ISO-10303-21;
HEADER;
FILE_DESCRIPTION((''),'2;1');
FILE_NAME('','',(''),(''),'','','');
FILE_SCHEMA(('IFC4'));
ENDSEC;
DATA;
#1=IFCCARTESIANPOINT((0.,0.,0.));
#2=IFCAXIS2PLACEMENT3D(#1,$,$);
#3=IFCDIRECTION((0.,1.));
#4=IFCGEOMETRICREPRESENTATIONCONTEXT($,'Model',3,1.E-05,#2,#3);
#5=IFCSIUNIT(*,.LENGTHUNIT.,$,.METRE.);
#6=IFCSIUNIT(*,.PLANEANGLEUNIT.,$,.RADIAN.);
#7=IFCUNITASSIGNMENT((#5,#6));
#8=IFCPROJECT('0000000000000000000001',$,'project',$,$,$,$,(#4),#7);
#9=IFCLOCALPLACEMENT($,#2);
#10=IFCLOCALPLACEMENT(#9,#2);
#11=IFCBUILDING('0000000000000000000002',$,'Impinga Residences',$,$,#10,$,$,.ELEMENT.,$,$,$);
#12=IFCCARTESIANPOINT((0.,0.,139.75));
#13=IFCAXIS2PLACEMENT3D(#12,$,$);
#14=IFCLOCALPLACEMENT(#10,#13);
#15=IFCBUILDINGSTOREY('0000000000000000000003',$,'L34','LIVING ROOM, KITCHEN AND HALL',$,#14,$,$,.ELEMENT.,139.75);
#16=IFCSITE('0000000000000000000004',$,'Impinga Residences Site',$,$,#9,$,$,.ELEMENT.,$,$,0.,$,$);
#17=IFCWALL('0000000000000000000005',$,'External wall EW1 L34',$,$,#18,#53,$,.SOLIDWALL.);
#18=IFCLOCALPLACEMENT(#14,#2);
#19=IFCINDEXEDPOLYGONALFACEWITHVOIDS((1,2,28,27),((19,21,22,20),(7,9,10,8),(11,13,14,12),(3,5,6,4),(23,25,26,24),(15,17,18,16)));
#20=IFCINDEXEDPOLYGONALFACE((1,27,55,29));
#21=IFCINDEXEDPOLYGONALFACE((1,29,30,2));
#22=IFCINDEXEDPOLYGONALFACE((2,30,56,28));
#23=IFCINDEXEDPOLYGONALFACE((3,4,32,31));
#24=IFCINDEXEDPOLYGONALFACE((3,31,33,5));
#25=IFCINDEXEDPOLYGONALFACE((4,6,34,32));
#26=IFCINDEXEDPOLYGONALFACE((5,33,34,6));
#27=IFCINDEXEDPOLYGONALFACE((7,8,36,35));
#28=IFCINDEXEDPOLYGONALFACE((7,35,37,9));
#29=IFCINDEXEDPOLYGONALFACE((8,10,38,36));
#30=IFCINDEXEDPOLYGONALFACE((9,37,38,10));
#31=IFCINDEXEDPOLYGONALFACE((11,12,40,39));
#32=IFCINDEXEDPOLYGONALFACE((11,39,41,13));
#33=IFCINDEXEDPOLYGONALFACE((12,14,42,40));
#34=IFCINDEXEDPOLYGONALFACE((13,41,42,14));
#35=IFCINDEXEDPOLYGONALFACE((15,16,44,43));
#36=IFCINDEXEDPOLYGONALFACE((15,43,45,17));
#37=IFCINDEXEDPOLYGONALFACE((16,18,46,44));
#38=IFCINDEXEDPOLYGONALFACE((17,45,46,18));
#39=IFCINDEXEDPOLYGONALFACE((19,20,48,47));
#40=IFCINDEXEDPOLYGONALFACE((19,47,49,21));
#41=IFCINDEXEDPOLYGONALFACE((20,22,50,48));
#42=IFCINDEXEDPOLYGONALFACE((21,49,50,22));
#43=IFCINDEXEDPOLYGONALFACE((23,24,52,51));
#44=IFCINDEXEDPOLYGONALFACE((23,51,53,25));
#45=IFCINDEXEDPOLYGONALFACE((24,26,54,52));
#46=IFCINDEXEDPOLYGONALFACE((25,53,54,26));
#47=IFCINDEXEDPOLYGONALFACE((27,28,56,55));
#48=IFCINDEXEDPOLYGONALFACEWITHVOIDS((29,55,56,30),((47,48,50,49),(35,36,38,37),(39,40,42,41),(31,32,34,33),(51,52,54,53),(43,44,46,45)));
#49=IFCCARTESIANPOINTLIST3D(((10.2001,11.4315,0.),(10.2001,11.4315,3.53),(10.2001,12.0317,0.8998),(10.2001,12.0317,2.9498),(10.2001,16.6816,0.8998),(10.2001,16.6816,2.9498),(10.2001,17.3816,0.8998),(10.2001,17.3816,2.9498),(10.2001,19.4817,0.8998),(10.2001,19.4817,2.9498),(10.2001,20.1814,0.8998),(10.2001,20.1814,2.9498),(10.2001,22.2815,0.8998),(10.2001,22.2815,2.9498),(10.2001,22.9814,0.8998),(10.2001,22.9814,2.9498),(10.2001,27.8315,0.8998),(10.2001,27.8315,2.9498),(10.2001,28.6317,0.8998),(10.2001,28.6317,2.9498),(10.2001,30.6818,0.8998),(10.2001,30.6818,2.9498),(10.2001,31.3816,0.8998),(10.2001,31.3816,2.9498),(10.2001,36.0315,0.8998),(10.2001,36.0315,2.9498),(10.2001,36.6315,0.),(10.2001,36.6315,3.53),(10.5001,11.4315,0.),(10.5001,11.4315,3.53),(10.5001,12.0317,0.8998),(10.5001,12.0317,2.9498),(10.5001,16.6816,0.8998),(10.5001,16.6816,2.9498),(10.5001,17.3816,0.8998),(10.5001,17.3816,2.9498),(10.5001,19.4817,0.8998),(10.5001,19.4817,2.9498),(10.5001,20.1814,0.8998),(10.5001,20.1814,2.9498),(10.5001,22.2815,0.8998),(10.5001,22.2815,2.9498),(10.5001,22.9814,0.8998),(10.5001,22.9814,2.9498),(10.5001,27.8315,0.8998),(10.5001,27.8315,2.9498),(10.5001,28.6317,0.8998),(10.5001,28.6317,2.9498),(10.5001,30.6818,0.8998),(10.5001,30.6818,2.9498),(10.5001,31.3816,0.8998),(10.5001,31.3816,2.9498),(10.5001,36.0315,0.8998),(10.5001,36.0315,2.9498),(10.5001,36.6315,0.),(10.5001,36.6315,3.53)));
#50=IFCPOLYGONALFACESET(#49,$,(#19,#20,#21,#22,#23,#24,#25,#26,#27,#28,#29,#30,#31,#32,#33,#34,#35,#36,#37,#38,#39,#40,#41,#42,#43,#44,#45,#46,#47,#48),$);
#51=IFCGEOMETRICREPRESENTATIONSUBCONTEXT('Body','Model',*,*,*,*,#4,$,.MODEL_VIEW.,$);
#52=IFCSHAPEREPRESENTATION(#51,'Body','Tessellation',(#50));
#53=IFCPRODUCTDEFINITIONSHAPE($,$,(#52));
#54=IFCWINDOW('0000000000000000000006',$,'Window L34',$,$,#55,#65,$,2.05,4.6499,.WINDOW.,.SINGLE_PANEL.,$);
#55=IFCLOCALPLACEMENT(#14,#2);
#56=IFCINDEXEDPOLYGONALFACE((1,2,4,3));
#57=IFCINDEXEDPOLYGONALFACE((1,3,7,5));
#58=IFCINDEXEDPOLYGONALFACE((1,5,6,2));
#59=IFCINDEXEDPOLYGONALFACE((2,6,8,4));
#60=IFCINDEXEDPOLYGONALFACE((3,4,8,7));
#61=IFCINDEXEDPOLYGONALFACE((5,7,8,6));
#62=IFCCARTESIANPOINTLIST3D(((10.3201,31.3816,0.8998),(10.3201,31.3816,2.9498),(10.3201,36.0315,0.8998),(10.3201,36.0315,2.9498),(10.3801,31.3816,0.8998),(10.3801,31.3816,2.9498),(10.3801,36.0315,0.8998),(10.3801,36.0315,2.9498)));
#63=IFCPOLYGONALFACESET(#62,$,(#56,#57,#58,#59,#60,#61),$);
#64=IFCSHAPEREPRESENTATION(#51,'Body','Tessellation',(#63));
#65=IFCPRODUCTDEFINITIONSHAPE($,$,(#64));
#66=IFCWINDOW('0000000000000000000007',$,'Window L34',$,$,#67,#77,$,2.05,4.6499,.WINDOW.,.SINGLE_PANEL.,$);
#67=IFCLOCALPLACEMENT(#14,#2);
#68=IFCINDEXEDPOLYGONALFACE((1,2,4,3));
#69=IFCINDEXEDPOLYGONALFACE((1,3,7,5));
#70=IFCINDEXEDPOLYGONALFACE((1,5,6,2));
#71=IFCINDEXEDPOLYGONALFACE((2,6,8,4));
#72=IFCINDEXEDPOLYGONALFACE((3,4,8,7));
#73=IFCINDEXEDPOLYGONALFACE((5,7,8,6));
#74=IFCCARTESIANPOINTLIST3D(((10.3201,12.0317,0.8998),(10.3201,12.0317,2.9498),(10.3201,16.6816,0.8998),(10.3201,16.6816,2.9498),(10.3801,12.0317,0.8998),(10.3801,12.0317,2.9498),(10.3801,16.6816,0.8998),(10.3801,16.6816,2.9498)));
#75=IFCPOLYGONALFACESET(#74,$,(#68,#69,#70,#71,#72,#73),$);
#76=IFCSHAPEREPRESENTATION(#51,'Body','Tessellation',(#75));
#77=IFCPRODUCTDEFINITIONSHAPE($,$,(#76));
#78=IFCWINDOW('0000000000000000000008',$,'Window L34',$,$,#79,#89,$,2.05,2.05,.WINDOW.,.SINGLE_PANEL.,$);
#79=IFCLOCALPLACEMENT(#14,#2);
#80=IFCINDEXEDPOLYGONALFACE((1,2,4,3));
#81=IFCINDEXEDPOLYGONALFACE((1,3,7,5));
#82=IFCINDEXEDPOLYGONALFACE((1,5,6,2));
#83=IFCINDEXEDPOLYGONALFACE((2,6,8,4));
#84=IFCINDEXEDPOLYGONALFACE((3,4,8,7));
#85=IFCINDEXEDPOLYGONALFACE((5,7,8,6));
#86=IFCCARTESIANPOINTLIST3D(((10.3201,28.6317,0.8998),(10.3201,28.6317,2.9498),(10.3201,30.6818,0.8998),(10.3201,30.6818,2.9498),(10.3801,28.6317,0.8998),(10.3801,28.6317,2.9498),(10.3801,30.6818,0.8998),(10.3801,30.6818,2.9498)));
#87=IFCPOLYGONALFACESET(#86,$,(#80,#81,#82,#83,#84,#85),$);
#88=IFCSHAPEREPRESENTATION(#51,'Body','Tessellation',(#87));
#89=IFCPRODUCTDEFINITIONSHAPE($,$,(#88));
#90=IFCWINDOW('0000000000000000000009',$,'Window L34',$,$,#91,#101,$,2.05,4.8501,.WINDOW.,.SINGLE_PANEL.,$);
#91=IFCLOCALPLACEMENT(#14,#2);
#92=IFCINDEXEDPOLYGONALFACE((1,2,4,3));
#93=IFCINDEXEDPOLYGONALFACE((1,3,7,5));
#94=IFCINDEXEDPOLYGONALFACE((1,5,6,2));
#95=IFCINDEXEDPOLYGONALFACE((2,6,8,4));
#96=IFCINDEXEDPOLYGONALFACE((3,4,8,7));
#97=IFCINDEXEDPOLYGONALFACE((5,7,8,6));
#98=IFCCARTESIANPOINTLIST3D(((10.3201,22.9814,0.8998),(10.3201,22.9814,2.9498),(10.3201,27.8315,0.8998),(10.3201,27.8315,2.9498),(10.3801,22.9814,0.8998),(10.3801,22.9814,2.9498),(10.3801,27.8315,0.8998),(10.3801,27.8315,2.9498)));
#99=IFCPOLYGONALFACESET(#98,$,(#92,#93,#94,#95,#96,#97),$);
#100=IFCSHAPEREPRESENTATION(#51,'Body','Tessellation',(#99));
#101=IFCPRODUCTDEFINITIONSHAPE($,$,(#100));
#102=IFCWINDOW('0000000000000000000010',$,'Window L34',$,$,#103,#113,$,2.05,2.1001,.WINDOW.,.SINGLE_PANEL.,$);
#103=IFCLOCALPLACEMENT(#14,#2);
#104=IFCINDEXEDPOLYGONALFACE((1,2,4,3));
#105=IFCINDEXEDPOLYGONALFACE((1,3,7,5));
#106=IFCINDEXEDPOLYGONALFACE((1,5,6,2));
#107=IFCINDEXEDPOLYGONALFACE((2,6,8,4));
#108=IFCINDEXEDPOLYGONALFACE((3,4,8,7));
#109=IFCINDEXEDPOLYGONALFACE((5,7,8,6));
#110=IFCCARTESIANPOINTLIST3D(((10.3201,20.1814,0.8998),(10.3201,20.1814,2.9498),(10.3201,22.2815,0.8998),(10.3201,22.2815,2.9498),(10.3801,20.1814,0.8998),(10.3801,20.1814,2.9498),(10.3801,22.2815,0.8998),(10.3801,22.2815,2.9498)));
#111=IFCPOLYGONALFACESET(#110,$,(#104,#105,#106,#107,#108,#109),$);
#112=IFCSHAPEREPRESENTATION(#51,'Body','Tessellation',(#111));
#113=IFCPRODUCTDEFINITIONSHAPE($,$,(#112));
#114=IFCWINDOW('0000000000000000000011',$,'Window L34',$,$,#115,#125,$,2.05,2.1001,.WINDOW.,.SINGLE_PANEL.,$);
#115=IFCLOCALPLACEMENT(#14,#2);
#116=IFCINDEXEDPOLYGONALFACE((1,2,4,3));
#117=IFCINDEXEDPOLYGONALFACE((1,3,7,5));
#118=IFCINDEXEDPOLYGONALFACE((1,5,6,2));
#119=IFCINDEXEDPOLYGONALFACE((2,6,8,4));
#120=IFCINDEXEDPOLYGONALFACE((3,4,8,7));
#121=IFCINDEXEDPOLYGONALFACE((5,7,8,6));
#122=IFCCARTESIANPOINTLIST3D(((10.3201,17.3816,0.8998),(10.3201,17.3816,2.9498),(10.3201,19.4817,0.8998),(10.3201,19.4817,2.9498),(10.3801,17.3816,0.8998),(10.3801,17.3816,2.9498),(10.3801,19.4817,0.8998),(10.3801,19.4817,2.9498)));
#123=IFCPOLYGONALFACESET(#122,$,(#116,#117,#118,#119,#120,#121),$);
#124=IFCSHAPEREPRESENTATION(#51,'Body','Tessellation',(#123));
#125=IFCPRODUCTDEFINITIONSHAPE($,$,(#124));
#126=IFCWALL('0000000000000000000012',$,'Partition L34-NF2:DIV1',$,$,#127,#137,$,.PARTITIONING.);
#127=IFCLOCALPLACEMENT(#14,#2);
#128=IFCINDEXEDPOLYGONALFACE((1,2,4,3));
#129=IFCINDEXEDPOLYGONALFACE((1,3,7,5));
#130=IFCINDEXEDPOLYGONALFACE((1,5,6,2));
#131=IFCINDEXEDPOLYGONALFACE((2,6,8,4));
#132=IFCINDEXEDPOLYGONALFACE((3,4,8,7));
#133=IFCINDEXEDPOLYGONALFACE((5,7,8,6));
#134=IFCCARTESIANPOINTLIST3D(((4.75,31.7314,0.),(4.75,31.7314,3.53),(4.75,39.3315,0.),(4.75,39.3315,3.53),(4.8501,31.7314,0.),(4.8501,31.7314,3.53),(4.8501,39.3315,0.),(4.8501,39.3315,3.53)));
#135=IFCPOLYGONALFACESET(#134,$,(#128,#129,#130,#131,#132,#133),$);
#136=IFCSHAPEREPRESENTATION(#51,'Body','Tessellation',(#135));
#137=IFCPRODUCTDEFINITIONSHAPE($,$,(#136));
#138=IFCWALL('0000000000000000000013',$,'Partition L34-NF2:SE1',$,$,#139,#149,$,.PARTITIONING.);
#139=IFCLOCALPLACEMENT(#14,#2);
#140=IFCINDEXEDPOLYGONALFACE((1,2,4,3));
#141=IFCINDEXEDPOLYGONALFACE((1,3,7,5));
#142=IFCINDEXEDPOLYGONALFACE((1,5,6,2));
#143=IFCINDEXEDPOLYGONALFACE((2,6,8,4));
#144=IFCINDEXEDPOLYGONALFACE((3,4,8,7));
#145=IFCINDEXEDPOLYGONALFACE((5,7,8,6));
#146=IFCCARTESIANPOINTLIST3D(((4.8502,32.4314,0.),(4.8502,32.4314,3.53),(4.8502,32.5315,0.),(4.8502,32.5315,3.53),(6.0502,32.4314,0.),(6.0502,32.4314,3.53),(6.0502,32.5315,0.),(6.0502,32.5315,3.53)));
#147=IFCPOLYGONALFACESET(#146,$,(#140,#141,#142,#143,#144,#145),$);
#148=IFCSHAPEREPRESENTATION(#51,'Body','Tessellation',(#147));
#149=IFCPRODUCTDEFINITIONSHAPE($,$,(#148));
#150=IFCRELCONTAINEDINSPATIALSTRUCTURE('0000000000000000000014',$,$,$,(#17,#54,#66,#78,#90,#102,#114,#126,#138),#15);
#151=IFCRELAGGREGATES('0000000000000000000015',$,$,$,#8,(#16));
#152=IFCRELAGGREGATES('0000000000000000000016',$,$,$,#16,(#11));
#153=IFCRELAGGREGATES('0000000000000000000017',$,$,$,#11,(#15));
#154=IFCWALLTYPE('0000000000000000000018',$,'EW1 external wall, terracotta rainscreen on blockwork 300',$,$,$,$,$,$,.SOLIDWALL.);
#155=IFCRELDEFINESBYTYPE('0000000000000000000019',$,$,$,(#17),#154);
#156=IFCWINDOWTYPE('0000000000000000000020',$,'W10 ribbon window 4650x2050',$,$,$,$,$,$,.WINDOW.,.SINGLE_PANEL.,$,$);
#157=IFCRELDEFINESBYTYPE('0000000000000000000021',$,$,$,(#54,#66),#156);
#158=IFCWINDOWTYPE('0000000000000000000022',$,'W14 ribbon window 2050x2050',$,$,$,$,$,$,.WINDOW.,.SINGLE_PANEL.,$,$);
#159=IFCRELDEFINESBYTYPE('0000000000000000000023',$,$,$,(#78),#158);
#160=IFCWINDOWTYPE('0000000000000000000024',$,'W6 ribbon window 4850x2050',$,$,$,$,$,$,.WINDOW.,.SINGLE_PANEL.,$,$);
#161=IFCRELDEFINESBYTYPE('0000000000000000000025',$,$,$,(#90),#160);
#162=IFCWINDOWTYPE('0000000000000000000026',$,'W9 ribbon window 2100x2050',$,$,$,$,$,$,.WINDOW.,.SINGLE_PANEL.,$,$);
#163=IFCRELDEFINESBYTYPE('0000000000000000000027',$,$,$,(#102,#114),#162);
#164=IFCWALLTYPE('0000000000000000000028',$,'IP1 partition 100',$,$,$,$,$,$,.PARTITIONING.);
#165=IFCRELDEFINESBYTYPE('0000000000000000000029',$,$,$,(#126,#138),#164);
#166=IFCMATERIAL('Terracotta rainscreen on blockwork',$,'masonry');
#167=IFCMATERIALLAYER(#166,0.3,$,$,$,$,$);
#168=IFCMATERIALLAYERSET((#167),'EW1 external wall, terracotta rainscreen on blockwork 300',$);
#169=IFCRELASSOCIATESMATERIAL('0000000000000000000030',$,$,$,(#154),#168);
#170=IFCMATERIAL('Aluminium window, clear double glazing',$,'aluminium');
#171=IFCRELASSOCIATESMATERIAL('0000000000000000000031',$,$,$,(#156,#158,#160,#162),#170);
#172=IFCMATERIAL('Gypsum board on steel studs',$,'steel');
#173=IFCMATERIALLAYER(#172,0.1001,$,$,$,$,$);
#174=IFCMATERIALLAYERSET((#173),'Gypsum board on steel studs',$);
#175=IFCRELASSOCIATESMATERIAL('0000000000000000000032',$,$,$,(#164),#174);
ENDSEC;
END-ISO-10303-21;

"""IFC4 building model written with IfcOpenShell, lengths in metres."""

from ifc_helpers import new_model, si_unit, direction, frame, frame_2d, origin, place, context, subcontext, project, spatial, rectangle, extrude, material, layer, layer_set, type_object, element, fill, save


model = new_model("IFC4")

# Units and contexts
model_context = context("Model", 3, precision=1e-05, world=origin(), true_north=direction((0.0, 1.0)))
body_context = subcontext(model_context, "Body", "Model", "MODEL_VIEW")
ifc_project = project(units=[si_unit("LENGTHUNIT", "METRE"), si_unit("PLANEANGLEUNIT", "RADIAN")], contexts=[model_context])

# Site, building, storey
site_placement = place(None, origin())
site = spatial("IfcSite", under=ifc_project, at=site_placement, Name="Impinga Residences Site", CompositionType="ELEMENT", RefElevation=0.0)
building_placement = place(site_placement, origin())
building = spatial("IfcBuilding", under=site, at=building_placement, Name="Impinga Residences", CompositionType="ELEMENT")
storey_placement = place(building_placement, frame((0.0, 0.0, 139.75)))
storey = spatial("IfcBuildingStorey", under=building, at=storey_placement, Name="L34", Description="LIVING ROOM, KITCHEN AND HALL", CompositionType="ELEMENT", Elevation=139.75)

# Shared definitions
ifc_material_1 = material(Name="Terracotta rainscreen on blockwork", Category="masonry")
ifc_layer_1 = layer(ifc_material_1, 0.3)
ifc_layer_set_1 = layer_set([ifc_layer_1], Name="EW1 external wall, terracotta rainscreen on blockwork 300")
wall_type_1 = type_object("IfcWallType", Name="EW1 external wall, terracotta rainscreen on blockwork 300", PredefinedType="SOLIDWALL", material=ifc_layer_set_1)

# Wall, openings, windows
wall_1_placement = place(storey_placement, frame((10.3501, 36.6316, 0.0), z_axis=(0.0, 0.0, 1.0), x_axis=(0.0, -1.0, 0.0)))
wall_1 = element("IfcWall", 1, at=wall_1_placement, inside=storey, type_object=wall_type_1, Name="External wall EW1 L34", PredefinedType="SOLIDWALL", context=body_context, shape_type="SweptSolid", body=[
    extrude(rectangle(XDim=25.2, YDim=0.3, at=frame_2d((12.6001, 0.0))), origin(), (0.0, 0.0, 1.0), 3.53),
])
opening_1_placement = place(wall_1_placement, frame((0.6001, 0.0, 0.8999)))
opening_1 = element("IfcOpeningElement", 2, at=opening_1_placement, cuts=wall_1, PredefinedType="OPENING", context=body_context, shape_type="SweptSolid", body=[
    extrude(rectangle(XDim=4.6499, YDim=2.05, at=frame_2d((2.325, 1.0249))), frame((0.0, 0.1599, 0.0), z_axis=(0.0, -1.0, 0.0), x_axis=(1.0, 0.0, 0.0)), (0.0, 0.0, 1.0), 0.3201),
])
opening_2_placement = place(wall_1_placement, frame((5.95, 0.0, 0.8999)))
opening_2 = element("IfcOpeningElement", 3, at=opening_2_placement, cuts=wall_1, PredefinedType="OPENING", context=body_context, shape_type="SweptSolid", body=[
    extrude(rectangle(XDim=2.05, YDim=2.05, at=frame_2d((1.0249, 1.0249))), frame((0.0, 0.1599, 0.0), z_axis=(0.0, -1.0, 0.0), x_axis=(1.0, 0.0, 0.0)), (0.0, 0.0, 1.0), 0.3201),
])
opening_3_placement = place(wall_1_placement, frame((8.8, 0.0, 0.8999)))
opening_3 = element("IfcOpeningElement", 4, at=opening_3_placement, cuts=wall_1, PredefinedType="OPENING", context=body_context, shape_type="SweptSolid", body=[
    extrude(rectangle(XDim=4.8501, YDim=2.05, at=frame_2d((2.425, 1.0249))), frame((0.0, 0.1599, 0.0), z_axis=(0.0, -1.0, 0.0), x_axis=(1.0, 0.0, 0.0)), (0.0, 0.0, 1.0), 0.3201),
])
opening_4_placement = place(wall_1_placement, frame((14.3501, 0.0, 0.8999)))
opening_4 = element("IfcOpeningElement", 5, at=opening_4_placement, cuts=wall_1, PredefinedType="OPENING", context=body_context, shape_type="SweptSolid", body=[
    extrude(rectangle(XDim=2.1001, YDim=2.05, at=frame_2d((1.05, 1.0249))), frame((0.0, 0.1599, 0.0), z_axis=(0.0, -1.0, 0.0), x_axis=(1.0, 0.0, 0.0)), (0.0, 0.0, 1.0), 0.3201),
])
opening_5_placement = place(wall_1_placement, frame((17.1499, 0.0, 0.8999)))
opening_5 = element("IfcOpeningElement", 6, at=opening_5_placement, cuts=wall_1, PredefinedType="OPENING", context=body_context, shape_type="SweptSolid", body=[
    extrude(rectangle(XDim=2.1001, YDim=2.05, at=frame_2d((1.05, 1.0249))), frame((0.0, 0.1599, 0.0), z_axis=(0.0, -1.0, 0.0), x_axis=(1.0, 0.0, 0.0)), (0.0, 0.0, 1.0), 0.3201),
])
opening_6_placement = place(wall_1_placement, frame((19.95, 0.0, 0.8999)))
opening_6 = element("IfcOpeningElement", 7, at=opening_6_placement, cuts=wall_1, PredefinedType="OPENING", context=body_context, shape_type="SweptSolid", body=[
    extrude(rectangle(XDim=4.6499, YDim=2.05, at=frame_2d((2.325, 1.0249))), frame((0.0, 0.1599, 0.0), z_axis=(0.0, -1.0, 0.0), x_axis=(1.0, 0.0, 0.0)), (0.0, 0.0, 1.0), 0.3201),
])
ifc_material_2 = material(Name="Aluminium window, clear double glazing", Category="aluminium")
window_type_1 = type_object("IfcWindowType", Name="W10 ribbon window 4650x2050", PartitioningType="SINGLE_PANEL", PredefinedType="WINDOW", material=ifc_material_2)
window_1_placement = place(opening_1_placement, origin())
window_1 = element("IfcWindow", 8, at=window_1_placement, inside=storey, type_object=window_type_1, Name="Window L34", OverallHeight=2.05, OverallWidth=4.6499, PartitioningType="SINGLE_PANEL", PredefinedType="WINDOW", context=body_context, shape_type="SweptSolid", body=[
    extrude(rectangle(XDim=4.6499, YDim=2.05, at=frame_2d((2.325, 1.0249))), frame((0.0, 0.03, 0.0), z_axis=(0.0, -1.0, 0.0), x_axis=(1.0, 0.0, 0.0)), (0.0, 0.0, 1.0), 0.0601),
])
fill(opening_1, window_1)
window_2_placement = place(opening_6_placement, origin())
window_2 = element("IfcWindow", 9, at=window_2_placement, inside=storey, type_object=window_type_1, Name="Window L34", OverallHeight=2.05, OverallWidth=4.6499, PartitioningType="SINGLE_PANEL", PredefinedType="WINDOW", context=body_context, shape_type="SweptSolid", body=[
    extrude(rectangle(XDim=4.6499, YDim=2.05, at=frame_2d((2.325, 1.0249))), frame((0.0, 0.03, 0.0), z_axis=(0.0, -1.0, 0.0), x_axis=(1.0, 0.0, 0.0)), (0.0, 0.0, 1.0), 0.0601),
])
fill(opening_6, window_2)
window_type_2 = type_object("IfcWindowType", Name="W14 ribbon window 2050x2050", PartitioningType="SINGLE_PANEL", PredefinedType="WINDOW", material=ifc_material_2)
window_3_placement = place(opening_2_placement, origin())
window_3 = element("IfcWindow", 10, at=window_3_placement, inside=storey, type_object=window_type_2, Name="Window L34", OverallHeight=2.05, OverallWidth=2.05, PartitioningType="SINGLE_PANEL", PredefinedType="WINDOW", context=body_context, shape_type="SweptSolid", body=[
    extrude(rectangle(XDim=2.05, YDim=2.05, at=frame_2d((1.0249, 1.0249))), frame((0.0, 0.03, 0.0), z_axis=(0.0, -1.0, 0.0), x_axis=(1.0, 0.0, 0.0)), (0.0, 0.0, 1.0), 0.0601),
])
fill(opening_2, window_3)
window_type_3 = type_object("IfcWindowType", Name="W6 ribbon window 4850x2050", PartitioningType="SINGLE_PANEL", PredefinedType="WINDOW", material=ifc_material_2)
window_4_placement = place(opening_3_placement, origin())
window_4 = element("IfcWindow", 11, at=window_4_placement, inside=storey, type_object=window_type_3, Name="Window L34", OverallHeight=2.05, OverallWidth=4.8501, PartitioningType="SINGLE_PANEL", PredefinedType="WINDOW", context=body_context, shape_type="SweptSolid", body=[
    extrude(rectangle(XDim=4.8501, YDim=2.05, at=frame_2d((2.425, 1.0249))), frame((0.0, 0.03, 0.0), z_axis=(0.0, -1.0, 0.0), x_axis=(1.0, 0.0, 0.0)), (0.0, 0.0, 1.0), 0.0601),
])
fill(opening_3, window_4)
window_type_4 = type_object("IfcWindowType", Name="W9 ribbon window 2100x2050", PartitioningType="SINGLE_PANEL", PredefinedType="WINDOW", material=ifc_material_2)
window_5_placement = place(opening_4_placement, origin())
window_5 = element("IfcWindow", 12, at=window_5_placement, inside=storey, type_object=window_type_4, Name="Window L34", OverallHeight=2.05, OverallWidth=2.1001, PartitioningType="SINGLE_PANEL", PredefinedType="WINDOW", context=body_context, shape_type="SweptSolid", body=[
    extrude(rectangle(XDim=2.1001, YDim=2.05, at=frame_2d((1.05, 1.0249))), frame((0.0, 0.03, 0.0), z_axis=(0.0, -1.0, 0.0), x_axis=(1.0, 0.0, 0.0)), (0.0, 0.0, 1.0), 0.0601),
])
fill(opening_4, window_5)
window_6_placement = place(opening_5_placement, origin())
window_6 = element("IfcWindow", 13, at=window_6_placement, inside=storey, type_object=window_type_4, Name="Window L34", OverallHeight=2.05, OverallWidth=2.1001, PartitioningType="SINGLE_PANEL", PredefinedType="WINDOW", context=body_context, shape_type="SweptSolid", body=[
    extrude(rectangle(XDim=2.1001, YDim=2.05, at=frame_2d((1.05, 1.0249))), frame((0.0, 0.03, 0.0), z_axis=(0.0, -1.0, 0.0), x_axis=(1.0, 0.0, 0.0)), (0.0, 0.0, 1.0), 0.0601),
])
fill(opening_5, window_6)

# Walls
ifc_material_3 = material(Name="Gypsum board on steel studs", Category="steel")
ifc_layer_2 = layer(ifc_material_3, 0.1001)
ifc_layer_set_2 = layer_set([ifc_layer_2], Name="Gypsum board on steel studs")
wall_type_2 = type_object("IfcWallType", Name="IP1 partition 100", PredefinedType="PARTITIONING", material=ifc_layer_set_2)
wall_2_placement = place(storey_placement, frame((4.8, 31.7314, 0.0), z_axis=(0.0, 0.0, 1.0), x_axis=(0.0, 1.0, 0.0)))
element("IfcWall", 14, at=wall_2_placement, inside=storey, type_object=wall_type_2, Name="Partition L34-NF2:DIV1", PredefinedType="PARTITIONING", context=body_context, shape_type="SweptSolid", body=[
    extrude(rectangle(XDim=7.6001, YDim=0.1001, at=frame_2d((3.8, 0.0))), origin(), (0.0, 0.0, 1.0), 3.53),
])
wall_3_placement = place(storey_placement, frame((4.8501, 32.4814, 0.0), z_axis=(0.0, 0.0, 1.0), x_axis=(1.0, 0.0, 0.0)))
element("IfcWall", 15, at=wall_3_placement, inside=storey, type_object=wall_type_2, Name="Partition L34-NF2:SE1", PredefinedType="PARTITIONING", context=body_context, shape_type="SweptSolid", body=[
    extrude(rectangle(XDim=1.2, YDim=0.1001, at=frame_2d((0.6001, 0.0))), origin(), (0.0, 0.0, 1.0), 3.53),
])

save(model, "model.ifc")
